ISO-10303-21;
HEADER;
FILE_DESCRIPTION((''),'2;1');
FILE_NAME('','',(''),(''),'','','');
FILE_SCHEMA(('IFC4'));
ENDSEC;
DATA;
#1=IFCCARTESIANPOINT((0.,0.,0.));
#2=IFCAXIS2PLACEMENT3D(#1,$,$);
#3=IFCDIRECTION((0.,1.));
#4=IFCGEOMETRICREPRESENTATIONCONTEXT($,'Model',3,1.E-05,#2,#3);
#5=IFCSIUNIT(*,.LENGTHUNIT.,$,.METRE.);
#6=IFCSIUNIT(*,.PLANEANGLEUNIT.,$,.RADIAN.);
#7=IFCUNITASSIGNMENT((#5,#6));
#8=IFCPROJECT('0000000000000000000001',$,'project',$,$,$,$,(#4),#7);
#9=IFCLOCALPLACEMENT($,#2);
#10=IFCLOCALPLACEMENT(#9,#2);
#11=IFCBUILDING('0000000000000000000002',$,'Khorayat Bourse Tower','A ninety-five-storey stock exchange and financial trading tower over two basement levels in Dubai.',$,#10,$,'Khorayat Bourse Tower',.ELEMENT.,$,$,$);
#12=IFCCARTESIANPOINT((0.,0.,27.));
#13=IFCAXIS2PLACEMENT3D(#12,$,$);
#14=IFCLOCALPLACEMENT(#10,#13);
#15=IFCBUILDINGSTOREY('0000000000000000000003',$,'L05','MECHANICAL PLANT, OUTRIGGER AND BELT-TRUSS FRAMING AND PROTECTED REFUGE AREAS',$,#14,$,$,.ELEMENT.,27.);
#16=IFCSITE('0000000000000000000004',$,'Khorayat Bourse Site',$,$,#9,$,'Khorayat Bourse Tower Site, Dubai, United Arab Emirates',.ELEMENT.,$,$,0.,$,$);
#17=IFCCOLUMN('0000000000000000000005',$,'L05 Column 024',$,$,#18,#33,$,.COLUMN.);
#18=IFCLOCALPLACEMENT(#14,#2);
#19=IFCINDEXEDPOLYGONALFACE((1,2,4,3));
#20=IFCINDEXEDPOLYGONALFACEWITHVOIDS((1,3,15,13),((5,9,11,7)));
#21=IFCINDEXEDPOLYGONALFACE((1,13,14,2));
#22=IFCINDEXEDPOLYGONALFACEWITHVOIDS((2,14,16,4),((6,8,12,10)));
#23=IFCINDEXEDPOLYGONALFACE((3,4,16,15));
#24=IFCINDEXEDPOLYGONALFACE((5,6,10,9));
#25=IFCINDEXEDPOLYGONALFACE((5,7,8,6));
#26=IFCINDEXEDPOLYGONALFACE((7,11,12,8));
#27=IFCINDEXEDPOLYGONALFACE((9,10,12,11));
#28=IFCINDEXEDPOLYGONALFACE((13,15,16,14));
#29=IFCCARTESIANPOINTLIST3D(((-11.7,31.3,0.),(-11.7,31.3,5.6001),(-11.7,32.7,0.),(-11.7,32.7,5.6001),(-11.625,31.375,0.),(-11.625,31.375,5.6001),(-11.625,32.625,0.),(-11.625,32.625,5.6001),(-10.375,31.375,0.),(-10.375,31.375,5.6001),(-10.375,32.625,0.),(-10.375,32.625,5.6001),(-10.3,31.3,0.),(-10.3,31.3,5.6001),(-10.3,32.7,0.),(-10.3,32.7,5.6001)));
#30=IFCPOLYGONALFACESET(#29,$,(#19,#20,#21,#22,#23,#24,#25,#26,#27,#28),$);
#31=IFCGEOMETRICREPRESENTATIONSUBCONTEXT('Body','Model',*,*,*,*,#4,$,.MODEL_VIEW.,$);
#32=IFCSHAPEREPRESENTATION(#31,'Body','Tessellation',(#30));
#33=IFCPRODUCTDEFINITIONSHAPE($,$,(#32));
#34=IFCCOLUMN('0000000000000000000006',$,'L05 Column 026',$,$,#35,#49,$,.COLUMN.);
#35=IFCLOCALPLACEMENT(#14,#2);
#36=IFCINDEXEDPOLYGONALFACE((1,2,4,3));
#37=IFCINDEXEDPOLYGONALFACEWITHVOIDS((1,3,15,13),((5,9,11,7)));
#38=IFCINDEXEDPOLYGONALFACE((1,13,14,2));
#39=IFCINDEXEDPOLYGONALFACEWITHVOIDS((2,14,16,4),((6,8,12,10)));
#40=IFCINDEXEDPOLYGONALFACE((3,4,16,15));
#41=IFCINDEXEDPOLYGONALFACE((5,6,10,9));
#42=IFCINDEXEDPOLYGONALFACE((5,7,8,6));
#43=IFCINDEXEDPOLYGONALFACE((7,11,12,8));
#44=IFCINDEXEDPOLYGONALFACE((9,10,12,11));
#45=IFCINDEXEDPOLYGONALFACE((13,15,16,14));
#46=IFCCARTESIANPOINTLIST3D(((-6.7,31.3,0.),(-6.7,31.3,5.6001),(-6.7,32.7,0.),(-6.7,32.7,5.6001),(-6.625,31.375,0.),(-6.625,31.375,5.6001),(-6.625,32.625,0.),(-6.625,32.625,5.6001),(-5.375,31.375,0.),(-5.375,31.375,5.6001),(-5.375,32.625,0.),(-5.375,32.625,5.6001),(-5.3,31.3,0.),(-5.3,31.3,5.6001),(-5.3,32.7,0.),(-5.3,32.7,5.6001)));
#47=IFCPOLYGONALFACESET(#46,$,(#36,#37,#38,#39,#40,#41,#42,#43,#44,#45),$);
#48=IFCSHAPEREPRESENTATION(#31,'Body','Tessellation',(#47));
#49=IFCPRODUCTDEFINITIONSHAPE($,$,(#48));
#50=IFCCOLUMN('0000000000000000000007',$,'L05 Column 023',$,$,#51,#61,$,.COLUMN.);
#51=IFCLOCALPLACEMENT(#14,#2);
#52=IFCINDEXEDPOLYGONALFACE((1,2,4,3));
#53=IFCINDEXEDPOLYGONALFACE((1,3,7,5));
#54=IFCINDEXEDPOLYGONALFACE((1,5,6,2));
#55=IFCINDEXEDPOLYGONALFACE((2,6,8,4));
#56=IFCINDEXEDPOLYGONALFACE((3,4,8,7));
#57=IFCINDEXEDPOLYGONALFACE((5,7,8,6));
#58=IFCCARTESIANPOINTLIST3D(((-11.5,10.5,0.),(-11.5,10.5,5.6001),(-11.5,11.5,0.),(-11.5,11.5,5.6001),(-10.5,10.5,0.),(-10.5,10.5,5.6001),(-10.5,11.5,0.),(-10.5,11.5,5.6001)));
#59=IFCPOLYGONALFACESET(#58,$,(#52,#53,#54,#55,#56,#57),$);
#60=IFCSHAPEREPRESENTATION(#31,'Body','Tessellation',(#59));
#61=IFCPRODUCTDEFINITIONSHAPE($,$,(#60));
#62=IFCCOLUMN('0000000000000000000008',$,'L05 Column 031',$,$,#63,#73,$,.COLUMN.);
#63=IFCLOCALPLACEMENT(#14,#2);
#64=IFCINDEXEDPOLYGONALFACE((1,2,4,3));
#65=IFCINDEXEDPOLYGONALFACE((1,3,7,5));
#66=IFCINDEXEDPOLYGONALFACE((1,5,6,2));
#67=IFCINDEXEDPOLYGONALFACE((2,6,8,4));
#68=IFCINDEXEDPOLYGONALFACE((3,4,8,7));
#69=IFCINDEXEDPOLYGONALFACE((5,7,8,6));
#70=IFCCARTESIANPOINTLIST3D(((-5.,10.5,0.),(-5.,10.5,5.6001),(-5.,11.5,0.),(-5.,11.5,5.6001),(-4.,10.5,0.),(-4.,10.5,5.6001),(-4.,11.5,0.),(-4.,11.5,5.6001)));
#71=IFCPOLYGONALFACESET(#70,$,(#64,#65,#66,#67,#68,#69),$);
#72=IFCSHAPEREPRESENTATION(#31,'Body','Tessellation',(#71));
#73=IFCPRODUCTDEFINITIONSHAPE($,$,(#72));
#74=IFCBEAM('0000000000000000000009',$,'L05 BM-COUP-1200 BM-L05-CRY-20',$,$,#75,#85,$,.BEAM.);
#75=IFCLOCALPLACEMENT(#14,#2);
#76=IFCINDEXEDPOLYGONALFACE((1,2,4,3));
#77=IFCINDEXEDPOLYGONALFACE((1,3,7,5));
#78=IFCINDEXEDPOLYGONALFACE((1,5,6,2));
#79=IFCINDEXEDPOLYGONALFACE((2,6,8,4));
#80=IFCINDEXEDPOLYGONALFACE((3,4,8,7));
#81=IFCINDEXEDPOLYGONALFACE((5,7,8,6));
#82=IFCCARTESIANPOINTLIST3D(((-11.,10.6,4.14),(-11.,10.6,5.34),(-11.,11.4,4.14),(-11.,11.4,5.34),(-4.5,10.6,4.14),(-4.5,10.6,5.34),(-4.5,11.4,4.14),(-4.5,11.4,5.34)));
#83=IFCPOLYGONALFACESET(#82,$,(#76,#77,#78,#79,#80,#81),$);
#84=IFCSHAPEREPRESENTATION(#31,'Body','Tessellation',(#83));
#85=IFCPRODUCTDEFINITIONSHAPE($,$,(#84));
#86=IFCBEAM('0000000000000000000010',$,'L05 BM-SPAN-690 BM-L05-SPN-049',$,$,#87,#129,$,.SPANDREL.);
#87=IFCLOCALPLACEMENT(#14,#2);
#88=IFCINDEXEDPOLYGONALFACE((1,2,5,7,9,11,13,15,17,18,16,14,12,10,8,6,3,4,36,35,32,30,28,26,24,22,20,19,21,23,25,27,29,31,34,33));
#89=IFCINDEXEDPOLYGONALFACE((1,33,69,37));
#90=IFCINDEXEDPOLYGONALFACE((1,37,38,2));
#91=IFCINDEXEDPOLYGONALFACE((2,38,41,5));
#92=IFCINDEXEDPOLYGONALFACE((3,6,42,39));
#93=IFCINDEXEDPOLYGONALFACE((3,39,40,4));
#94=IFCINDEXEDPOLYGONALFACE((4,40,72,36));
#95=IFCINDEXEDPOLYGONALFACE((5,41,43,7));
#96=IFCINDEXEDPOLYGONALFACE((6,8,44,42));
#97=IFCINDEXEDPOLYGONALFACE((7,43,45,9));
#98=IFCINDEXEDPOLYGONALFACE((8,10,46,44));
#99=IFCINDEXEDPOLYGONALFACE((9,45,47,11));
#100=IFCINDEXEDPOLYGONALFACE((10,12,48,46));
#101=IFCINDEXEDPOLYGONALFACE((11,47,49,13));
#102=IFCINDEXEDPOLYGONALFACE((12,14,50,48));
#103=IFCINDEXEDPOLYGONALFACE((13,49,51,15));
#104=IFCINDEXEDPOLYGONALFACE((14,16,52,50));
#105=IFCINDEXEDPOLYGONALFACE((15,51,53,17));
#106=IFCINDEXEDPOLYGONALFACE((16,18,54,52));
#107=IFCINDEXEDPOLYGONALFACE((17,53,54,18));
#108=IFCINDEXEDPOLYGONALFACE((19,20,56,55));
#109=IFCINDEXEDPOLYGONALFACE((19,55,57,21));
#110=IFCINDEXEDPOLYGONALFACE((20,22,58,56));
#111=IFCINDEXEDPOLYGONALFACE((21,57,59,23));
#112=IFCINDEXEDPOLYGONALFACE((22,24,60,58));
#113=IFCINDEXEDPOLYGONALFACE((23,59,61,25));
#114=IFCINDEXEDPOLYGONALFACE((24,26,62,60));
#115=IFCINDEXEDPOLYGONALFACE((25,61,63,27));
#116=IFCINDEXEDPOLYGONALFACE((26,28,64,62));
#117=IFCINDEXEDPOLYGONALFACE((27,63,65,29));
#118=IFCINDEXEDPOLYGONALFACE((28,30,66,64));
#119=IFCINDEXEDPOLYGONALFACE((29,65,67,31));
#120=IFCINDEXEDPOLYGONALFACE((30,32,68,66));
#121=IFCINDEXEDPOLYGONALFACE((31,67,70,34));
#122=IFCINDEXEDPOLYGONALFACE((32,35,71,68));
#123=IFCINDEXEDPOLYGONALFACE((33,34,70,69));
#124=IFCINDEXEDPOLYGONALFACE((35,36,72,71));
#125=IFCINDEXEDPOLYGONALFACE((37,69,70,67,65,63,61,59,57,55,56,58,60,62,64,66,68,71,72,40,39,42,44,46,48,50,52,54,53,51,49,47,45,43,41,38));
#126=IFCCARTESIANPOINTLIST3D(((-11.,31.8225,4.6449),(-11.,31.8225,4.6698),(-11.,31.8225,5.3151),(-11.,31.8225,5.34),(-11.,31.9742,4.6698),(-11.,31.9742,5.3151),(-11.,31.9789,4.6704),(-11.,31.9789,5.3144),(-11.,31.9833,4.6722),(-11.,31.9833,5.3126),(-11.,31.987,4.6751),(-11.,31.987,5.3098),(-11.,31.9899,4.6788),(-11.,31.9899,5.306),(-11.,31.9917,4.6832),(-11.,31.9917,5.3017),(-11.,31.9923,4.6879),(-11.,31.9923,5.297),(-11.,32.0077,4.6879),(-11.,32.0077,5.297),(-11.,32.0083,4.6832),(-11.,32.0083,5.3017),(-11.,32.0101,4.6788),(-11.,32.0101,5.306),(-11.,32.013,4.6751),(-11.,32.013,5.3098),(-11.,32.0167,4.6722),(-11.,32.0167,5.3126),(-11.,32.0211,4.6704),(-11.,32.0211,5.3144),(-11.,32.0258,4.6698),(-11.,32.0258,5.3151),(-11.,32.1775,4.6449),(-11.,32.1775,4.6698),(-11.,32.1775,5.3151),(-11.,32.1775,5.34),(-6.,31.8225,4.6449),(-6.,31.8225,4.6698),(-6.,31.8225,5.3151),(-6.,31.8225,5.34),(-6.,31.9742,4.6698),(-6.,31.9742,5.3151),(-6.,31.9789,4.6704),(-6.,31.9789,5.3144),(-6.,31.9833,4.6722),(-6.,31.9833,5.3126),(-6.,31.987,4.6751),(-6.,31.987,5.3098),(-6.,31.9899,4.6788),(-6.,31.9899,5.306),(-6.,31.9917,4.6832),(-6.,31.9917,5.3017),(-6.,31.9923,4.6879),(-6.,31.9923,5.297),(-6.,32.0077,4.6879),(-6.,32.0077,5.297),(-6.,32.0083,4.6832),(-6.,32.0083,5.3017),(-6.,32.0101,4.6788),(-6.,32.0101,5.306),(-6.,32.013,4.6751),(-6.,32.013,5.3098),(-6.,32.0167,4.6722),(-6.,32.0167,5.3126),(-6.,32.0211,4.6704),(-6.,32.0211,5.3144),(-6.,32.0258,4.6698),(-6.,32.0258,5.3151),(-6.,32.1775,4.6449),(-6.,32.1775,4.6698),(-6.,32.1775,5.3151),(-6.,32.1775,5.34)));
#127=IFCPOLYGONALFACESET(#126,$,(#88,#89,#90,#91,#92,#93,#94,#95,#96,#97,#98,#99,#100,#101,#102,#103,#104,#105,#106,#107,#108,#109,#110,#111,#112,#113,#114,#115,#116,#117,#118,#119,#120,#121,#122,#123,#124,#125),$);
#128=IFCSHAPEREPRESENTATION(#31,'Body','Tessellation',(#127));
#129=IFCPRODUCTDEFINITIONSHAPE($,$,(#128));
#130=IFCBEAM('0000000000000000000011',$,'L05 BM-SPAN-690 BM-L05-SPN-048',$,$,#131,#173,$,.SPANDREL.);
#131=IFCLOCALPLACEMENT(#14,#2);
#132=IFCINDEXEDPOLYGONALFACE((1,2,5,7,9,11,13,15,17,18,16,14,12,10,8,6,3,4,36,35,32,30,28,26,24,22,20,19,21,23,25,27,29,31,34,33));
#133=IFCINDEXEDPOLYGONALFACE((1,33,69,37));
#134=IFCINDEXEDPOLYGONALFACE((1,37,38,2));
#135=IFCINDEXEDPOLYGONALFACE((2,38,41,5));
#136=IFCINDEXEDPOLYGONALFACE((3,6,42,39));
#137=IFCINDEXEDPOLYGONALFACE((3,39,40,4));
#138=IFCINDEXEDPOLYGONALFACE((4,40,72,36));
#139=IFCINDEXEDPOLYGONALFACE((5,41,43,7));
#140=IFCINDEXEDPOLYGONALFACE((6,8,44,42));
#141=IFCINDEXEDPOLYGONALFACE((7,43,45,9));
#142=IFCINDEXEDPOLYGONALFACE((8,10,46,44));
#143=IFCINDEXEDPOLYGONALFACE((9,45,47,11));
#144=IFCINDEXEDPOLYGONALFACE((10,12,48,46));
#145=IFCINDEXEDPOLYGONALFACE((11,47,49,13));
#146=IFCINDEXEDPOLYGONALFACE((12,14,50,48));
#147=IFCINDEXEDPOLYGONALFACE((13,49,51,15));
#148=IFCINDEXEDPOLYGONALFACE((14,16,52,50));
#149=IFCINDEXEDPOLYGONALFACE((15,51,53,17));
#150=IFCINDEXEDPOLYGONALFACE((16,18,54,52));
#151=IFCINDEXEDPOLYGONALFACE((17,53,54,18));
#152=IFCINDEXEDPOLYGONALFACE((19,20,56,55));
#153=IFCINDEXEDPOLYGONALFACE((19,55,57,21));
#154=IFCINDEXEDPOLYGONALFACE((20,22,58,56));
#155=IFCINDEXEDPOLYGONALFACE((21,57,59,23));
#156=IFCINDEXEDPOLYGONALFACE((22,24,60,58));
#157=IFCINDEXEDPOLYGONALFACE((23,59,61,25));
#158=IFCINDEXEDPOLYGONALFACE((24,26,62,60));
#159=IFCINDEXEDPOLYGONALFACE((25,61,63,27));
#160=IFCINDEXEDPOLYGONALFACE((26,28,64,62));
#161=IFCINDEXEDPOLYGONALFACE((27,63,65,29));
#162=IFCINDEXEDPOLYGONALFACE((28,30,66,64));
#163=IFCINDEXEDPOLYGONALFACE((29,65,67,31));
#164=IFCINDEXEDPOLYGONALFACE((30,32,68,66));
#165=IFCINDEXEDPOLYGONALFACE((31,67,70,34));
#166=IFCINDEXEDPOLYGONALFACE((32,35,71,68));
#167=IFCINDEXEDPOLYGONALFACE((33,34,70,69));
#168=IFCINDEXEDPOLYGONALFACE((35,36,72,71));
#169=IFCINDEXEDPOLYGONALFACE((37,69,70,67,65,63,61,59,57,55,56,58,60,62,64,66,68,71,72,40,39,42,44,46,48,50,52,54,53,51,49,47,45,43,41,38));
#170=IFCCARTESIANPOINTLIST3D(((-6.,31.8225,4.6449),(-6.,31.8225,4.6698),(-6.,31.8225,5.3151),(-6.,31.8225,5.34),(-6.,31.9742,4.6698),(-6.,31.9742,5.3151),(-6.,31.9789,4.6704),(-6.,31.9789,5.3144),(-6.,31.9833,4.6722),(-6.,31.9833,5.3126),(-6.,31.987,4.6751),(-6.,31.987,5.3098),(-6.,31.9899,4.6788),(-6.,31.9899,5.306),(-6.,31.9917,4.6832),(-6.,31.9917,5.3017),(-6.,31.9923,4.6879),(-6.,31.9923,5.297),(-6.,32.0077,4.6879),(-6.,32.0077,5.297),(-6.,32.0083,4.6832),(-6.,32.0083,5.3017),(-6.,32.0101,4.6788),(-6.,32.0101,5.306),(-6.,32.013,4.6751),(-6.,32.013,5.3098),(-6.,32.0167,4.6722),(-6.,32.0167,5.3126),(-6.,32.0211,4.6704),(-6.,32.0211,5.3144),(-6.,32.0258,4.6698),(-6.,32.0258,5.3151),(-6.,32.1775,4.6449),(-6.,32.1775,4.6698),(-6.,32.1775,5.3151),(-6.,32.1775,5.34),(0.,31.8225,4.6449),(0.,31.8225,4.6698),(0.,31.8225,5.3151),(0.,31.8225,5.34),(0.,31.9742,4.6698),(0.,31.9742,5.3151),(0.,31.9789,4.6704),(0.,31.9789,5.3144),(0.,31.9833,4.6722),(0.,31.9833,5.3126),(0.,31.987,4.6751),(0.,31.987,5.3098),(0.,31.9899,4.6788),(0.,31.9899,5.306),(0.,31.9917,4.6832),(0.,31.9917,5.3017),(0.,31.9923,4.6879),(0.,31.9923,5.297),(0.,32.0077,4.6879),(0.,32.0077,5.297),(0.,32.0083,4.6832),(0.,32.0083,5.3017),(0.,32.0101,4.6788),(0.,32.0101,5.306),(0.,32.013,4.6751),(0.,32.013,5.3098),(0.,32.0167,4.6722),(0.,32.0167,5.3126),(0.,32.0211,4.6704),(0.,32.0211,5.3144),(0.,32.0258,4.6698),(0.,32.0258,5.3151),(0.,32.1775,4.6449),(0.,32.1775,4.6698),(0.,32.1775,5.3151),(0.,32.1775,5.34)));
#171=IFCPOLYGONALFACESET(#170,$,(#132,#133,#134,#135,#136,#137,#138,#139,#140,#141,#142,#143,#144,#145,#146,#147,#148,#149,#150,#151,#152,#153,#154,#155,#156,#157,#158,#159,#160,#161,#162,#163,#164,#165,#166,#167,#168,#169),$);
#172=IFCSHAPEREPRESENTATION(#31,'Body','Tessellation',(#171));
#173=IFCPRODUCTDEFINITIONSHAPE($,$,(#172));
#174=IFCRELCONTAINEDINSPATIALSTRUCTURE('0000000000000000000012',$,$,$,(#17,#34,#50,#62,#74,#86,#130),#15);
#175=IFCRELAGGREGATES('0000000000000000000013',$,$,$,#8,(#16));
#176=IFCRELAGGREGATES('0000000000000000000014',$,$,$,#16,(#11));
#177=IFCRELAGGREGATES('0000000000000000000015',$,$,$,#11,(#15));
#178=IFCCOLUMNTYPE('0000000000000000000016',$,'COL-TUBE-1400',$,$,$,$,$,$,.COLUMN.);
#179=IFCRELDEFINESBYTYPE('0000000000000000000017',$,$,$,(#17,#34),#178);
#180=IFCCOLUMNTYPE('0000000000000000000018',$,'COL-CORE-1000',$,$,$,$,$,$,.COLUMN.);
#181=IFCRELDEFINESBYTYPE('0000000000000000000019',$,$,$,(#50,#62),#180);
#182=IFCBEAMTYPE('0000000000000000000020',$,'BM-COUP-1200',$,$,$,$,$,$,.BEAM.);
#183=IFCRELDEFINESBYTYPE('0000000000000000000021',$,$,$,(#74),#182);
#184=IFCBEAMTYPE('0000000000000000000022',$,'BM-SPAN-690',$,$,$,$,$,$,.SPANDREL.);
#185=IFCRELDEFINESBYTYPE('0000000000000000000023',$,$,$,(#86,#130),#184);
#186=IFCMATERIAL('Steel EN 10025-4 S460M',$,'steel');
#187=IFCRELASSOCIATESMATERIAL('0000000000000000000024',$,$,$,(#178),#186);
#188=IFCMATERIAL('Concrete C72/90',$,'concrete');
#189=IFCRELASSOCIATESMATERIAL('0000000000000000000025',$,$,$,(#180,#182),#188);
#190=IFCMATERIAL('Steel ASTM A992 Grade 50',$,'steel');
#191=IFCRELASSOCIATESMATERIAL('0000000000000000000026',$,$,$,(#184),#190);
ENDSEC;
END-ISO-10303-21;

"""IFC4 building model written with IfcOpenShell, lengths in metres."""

from ifc_helpers import new_model, si_unit, direction, frame, origin, origin_2d, place, context, subcontext, project, spatial, rectangle, hollow_rectangle, i_section, extrude, source, transform, mapped, material, material_profile, profile_set, type_object, element, save


model = new_model("IFC4")

# Units and contexts
model_context = context("Model", 3, precision=1e-05, world=origin(), true_north=direction((0.0, 1.0)))
body_context = subcontext(model_context, "Body", "Model", "MODEL_VIEW")
ifc_project = project(units=[si_unit("LENGTHUNIT", "METRE"), si_unit("PLANEANGLEUNIT", "RADIAN")], contexts=[model_context])

# Site, building, storey
site_placement = place(None, origin())
site = spatial("IfcSite", under=ifc_project, at=site_placement, Name="Khorayat Bourse Site", LongName="Khorayat Bourse Tower Site, Dubai, United Arab Emirates", CompositionType="ELEMENT", RefElevation=0.0)
building_placement = place(site_placement, origin())
building = spatial("IfcBuilding", under=site, at=building_placement, Name="Khorayat Bourse Tower", Description="A ninety-five-storey stock exchange and financial trading tower over two basement levels in Dubai.", LongName="Khorayat Bourse Tower", CompositionType="ELEMENT")
storey_placement = place(building_placement, frame((0.0, 0.0, 27.0)))
storey = spatial("IfcBuildingStorey", under=building, at=storey_placement, Name="L05", Description="MECHANICAL PLANT, OUTRIGGER AND BELT-TRUSS FRAMING AND PROTECTED REFUGE AREAS", CompositionType="ELEMENT", Elevation=27.0)

# Columns
ifc_material_1 = material(Name="Steel EN 10025-4 S460M", Category="steel")
ifc_material_profile_1 = material_profile(ifc_material_1, hollow_rectangle(XDim=1.3999, YDim=1.3999, WallThickness=0.075, at=origin_2d()), Name="BOX 1400x1400x75")
ifc_profile_set_1 = profile_set([ifc_material_profile_1], Name="Steel EN 10025-4 S460M")
column_type_1 = type_object("IfcColumnType", Name="COL-TUBE-1400", PredefinedType="COLUMN", material=ifc_profile_set_1)
shared_shape_1 = source(origin(), body_context, "Body", "SweptSolid", [
    extrude(hollow_rectangle(XDim=1.3999, YDim=1.3999, WallThickness=0.075, at=origin_2d()), origin(), (0.0, 0.0, 1.0), 5.6001),
])
for number, where, z_axis, x_axis, name in (
    (1, (-11.0, 32.0, 0.0), (0.0, 0.0, 1.0), (1.0, 0.0, 0.0), "L05 Column 024"),
    (2, (-6.0, 32.0, 0.0), (0.0, 0.0, 1.0), (1.0, 0.0, 0.0), "L05 Column 026"),
):
    element("IfcColumn", number, at=place(storey_placement, frame(where, z_axis=z_axis, x_axis=x_axis)), inside=storey, type_object=column_type_1, Name=name, PredefinedType="COLUMN", context=body_context, shape_type="MappedRepresentation", body=[
        mapped(shared_shape_1, transform((0.0, 0.0, 0.0), scale=1.0)),
    ])
ifc_material_2 = material(Name="Concrete C72/90", Category="concrete")
ifc_material_profile_2 = material_profile(ifc_material_2, rectangle(XDim=1.0, YDim=1.0, at=origin_2d()), Name="RC 1000x1000")
ifc_profile_set_2 = profile_set([ifc_material_profile_2], Name="Concrete C72/90")
column_type_2 = type_object("IfcColumnType", Name="COL-CORE-1000", PredefinedType="COLUMN", material=ifc_profile_set_2)
shared_shape_2 = source(origin(), body_context, "Body", "SweptSolid", [
    extrude(rectangle(XDim=1.0, YDim=1.0, at=origin_2d()), origin(), (0.0, 0.0, 1.0), 5.6001),
])
for number, where, z_axis, x_axis, name in (
    (3, (-11.0, 11.0, 0.0), (0.0, 0.0, 1.0), (1.0, 0.0, 0.0), "L05 Column 023"),
    (4, (-4.5, 11.0, 0.0), (0.0, 0.0, 1.0), (1.0, 0.0, 0.0), "L05 Column 031"),
):
    element("IfcColumn", number, at=place(storey_placement, frame(where, z_axis=z_axis, x_axis=x_axis)), inside=storey, type_object=column_type_2, Name=name, PredefinedType="COLUMN", context=body_context, shape_type="MappedRepresentation", body=[
        mapped(shared_shape_2, transform((0.0, 0.0, 0.0), scale=1.0)),
    ])

# Beams
ifc_material_profile_3 = material_profile(ifc_material_2, rectangle(XDim=0.8, YDim=1.2, at=origin_2d()), Name="RC 800x1200")
ifc_profile_set_3 = profile_set([ifc_material_profile_3], Name="Concrete C72/90")
beam_type_1 = type_object("IfcBeamType", Name="BM-COUP-1200", PredefinedType="BEAM", material=ifc_profile_set_3)
shared_shape_3 = source(origin(), body_context, "Body", "SweptSolid", [
    extrude(rectangle(XDim=0.8, YDim=1.2, at=origin_2d()), origin(), (0.0, 0.0, 1.0), 6.5),
])
beam_1_placement = place(storey_placement, frame((-11.0, 11.0, 4.74), z_axis=(1.0, 0.0, 0.0), x_axis=(0.0, 1.0, 0.0)))
element("IfcBeam", 5, at=beam_1_placement, inside=storey, type_object=beam_type_1, Name="L05 BM-COUP-1200 BM-L05-CRY-20", PredefinedType="BEAM", context=body_context, shape_type="MappedRepresentation", body=[
    mapped(shared_shape_3, transform((0.0, 0.0, 0.0), scale=1.0)),
])
ifc_material_3 = material(Name="Steel ASTM A992 Grade 50", Category="steel")
ifc_material_profile_4 = material_profile(ifc_material_3, i_section(OverallWidth=0.355, OverallDepth=0.6951, WebThickness=0.0154, FlangeThickness=0.0249, FilletRadius=0.0181, at=origin_2d()), Name="W690X217")
ifc_profile_set_4 = profile_set([ifc_material_profile_4], Name="Steel ASTM A992 Grade 50")
beam_type_2 = type_object("IfcBeamType", Name="BM-SPAN-690", PredefinedType="SPANDREL", material=ifc_profile_set_4)
shared_shape_4 = source(origin(), body_context, "Body", "SweptSolid", [
    extrude(i_section(OverallWidth=0.355, OverallDepth=0.6951, WebThickness=0.0154, FlangeThickness=0.0249, FilletRadius=0.0181, at=origin_2d()), origin(), (0.0, 0.0, 1.0), 5.0),
])
beam_2_placement = place(storey_placement, frame((-11.0, 32.0, 4.9924), z_axis=(1.0, 0.0, 0.0), x_axis=(0.0, 1.0, 0.0)))
element("IfcBeam", 6, at=beam_2_placement, inside=storey, type_object=beam_type_2, Name="L05 BM-SPAN-690 BM-L05-SPN-049", PredefinedType="SPANDREL", context=body_context, shape_type="MappedRepresentation", body=[
    mapped(shared_shape_4, transform((0.0, 0.0, 0.0), scale=1.0)),
])
shared_shape_5 = source(origin(), body_context, "Body", "SweptSolid", [
    extrude(i_section(OverallWidth=0.355, OverallDepth=0.6951, WebThickness=0.0154, FlangeThickness=0.0249, FilletRadius=0.0181, at=origin_2d()), origin(), (0.0, 0.0, 1.0), 6.0),
])
beam_3_placement = place(storey_placement, frame((-6.0, 32.0, 4.9924), z_axis=(1.0, 0.0, 0.0), x_axis=(0.0, 1.0, 0.0)))
element("IfcBeam", 7, at=beam_3_placement, inside=storey, type_object=beam_type_2, Name="L05 BM-SPAN-690 BM-L05-SPN-048", PredefinedType="SPANDREL", context=body_context, shape_type="MappedRepresentation", body=[
    mapped(shared_shape_5, transform((0.0, 0.0, 0.0), scale=1.0)),
])

save(model, "model.ifc")
